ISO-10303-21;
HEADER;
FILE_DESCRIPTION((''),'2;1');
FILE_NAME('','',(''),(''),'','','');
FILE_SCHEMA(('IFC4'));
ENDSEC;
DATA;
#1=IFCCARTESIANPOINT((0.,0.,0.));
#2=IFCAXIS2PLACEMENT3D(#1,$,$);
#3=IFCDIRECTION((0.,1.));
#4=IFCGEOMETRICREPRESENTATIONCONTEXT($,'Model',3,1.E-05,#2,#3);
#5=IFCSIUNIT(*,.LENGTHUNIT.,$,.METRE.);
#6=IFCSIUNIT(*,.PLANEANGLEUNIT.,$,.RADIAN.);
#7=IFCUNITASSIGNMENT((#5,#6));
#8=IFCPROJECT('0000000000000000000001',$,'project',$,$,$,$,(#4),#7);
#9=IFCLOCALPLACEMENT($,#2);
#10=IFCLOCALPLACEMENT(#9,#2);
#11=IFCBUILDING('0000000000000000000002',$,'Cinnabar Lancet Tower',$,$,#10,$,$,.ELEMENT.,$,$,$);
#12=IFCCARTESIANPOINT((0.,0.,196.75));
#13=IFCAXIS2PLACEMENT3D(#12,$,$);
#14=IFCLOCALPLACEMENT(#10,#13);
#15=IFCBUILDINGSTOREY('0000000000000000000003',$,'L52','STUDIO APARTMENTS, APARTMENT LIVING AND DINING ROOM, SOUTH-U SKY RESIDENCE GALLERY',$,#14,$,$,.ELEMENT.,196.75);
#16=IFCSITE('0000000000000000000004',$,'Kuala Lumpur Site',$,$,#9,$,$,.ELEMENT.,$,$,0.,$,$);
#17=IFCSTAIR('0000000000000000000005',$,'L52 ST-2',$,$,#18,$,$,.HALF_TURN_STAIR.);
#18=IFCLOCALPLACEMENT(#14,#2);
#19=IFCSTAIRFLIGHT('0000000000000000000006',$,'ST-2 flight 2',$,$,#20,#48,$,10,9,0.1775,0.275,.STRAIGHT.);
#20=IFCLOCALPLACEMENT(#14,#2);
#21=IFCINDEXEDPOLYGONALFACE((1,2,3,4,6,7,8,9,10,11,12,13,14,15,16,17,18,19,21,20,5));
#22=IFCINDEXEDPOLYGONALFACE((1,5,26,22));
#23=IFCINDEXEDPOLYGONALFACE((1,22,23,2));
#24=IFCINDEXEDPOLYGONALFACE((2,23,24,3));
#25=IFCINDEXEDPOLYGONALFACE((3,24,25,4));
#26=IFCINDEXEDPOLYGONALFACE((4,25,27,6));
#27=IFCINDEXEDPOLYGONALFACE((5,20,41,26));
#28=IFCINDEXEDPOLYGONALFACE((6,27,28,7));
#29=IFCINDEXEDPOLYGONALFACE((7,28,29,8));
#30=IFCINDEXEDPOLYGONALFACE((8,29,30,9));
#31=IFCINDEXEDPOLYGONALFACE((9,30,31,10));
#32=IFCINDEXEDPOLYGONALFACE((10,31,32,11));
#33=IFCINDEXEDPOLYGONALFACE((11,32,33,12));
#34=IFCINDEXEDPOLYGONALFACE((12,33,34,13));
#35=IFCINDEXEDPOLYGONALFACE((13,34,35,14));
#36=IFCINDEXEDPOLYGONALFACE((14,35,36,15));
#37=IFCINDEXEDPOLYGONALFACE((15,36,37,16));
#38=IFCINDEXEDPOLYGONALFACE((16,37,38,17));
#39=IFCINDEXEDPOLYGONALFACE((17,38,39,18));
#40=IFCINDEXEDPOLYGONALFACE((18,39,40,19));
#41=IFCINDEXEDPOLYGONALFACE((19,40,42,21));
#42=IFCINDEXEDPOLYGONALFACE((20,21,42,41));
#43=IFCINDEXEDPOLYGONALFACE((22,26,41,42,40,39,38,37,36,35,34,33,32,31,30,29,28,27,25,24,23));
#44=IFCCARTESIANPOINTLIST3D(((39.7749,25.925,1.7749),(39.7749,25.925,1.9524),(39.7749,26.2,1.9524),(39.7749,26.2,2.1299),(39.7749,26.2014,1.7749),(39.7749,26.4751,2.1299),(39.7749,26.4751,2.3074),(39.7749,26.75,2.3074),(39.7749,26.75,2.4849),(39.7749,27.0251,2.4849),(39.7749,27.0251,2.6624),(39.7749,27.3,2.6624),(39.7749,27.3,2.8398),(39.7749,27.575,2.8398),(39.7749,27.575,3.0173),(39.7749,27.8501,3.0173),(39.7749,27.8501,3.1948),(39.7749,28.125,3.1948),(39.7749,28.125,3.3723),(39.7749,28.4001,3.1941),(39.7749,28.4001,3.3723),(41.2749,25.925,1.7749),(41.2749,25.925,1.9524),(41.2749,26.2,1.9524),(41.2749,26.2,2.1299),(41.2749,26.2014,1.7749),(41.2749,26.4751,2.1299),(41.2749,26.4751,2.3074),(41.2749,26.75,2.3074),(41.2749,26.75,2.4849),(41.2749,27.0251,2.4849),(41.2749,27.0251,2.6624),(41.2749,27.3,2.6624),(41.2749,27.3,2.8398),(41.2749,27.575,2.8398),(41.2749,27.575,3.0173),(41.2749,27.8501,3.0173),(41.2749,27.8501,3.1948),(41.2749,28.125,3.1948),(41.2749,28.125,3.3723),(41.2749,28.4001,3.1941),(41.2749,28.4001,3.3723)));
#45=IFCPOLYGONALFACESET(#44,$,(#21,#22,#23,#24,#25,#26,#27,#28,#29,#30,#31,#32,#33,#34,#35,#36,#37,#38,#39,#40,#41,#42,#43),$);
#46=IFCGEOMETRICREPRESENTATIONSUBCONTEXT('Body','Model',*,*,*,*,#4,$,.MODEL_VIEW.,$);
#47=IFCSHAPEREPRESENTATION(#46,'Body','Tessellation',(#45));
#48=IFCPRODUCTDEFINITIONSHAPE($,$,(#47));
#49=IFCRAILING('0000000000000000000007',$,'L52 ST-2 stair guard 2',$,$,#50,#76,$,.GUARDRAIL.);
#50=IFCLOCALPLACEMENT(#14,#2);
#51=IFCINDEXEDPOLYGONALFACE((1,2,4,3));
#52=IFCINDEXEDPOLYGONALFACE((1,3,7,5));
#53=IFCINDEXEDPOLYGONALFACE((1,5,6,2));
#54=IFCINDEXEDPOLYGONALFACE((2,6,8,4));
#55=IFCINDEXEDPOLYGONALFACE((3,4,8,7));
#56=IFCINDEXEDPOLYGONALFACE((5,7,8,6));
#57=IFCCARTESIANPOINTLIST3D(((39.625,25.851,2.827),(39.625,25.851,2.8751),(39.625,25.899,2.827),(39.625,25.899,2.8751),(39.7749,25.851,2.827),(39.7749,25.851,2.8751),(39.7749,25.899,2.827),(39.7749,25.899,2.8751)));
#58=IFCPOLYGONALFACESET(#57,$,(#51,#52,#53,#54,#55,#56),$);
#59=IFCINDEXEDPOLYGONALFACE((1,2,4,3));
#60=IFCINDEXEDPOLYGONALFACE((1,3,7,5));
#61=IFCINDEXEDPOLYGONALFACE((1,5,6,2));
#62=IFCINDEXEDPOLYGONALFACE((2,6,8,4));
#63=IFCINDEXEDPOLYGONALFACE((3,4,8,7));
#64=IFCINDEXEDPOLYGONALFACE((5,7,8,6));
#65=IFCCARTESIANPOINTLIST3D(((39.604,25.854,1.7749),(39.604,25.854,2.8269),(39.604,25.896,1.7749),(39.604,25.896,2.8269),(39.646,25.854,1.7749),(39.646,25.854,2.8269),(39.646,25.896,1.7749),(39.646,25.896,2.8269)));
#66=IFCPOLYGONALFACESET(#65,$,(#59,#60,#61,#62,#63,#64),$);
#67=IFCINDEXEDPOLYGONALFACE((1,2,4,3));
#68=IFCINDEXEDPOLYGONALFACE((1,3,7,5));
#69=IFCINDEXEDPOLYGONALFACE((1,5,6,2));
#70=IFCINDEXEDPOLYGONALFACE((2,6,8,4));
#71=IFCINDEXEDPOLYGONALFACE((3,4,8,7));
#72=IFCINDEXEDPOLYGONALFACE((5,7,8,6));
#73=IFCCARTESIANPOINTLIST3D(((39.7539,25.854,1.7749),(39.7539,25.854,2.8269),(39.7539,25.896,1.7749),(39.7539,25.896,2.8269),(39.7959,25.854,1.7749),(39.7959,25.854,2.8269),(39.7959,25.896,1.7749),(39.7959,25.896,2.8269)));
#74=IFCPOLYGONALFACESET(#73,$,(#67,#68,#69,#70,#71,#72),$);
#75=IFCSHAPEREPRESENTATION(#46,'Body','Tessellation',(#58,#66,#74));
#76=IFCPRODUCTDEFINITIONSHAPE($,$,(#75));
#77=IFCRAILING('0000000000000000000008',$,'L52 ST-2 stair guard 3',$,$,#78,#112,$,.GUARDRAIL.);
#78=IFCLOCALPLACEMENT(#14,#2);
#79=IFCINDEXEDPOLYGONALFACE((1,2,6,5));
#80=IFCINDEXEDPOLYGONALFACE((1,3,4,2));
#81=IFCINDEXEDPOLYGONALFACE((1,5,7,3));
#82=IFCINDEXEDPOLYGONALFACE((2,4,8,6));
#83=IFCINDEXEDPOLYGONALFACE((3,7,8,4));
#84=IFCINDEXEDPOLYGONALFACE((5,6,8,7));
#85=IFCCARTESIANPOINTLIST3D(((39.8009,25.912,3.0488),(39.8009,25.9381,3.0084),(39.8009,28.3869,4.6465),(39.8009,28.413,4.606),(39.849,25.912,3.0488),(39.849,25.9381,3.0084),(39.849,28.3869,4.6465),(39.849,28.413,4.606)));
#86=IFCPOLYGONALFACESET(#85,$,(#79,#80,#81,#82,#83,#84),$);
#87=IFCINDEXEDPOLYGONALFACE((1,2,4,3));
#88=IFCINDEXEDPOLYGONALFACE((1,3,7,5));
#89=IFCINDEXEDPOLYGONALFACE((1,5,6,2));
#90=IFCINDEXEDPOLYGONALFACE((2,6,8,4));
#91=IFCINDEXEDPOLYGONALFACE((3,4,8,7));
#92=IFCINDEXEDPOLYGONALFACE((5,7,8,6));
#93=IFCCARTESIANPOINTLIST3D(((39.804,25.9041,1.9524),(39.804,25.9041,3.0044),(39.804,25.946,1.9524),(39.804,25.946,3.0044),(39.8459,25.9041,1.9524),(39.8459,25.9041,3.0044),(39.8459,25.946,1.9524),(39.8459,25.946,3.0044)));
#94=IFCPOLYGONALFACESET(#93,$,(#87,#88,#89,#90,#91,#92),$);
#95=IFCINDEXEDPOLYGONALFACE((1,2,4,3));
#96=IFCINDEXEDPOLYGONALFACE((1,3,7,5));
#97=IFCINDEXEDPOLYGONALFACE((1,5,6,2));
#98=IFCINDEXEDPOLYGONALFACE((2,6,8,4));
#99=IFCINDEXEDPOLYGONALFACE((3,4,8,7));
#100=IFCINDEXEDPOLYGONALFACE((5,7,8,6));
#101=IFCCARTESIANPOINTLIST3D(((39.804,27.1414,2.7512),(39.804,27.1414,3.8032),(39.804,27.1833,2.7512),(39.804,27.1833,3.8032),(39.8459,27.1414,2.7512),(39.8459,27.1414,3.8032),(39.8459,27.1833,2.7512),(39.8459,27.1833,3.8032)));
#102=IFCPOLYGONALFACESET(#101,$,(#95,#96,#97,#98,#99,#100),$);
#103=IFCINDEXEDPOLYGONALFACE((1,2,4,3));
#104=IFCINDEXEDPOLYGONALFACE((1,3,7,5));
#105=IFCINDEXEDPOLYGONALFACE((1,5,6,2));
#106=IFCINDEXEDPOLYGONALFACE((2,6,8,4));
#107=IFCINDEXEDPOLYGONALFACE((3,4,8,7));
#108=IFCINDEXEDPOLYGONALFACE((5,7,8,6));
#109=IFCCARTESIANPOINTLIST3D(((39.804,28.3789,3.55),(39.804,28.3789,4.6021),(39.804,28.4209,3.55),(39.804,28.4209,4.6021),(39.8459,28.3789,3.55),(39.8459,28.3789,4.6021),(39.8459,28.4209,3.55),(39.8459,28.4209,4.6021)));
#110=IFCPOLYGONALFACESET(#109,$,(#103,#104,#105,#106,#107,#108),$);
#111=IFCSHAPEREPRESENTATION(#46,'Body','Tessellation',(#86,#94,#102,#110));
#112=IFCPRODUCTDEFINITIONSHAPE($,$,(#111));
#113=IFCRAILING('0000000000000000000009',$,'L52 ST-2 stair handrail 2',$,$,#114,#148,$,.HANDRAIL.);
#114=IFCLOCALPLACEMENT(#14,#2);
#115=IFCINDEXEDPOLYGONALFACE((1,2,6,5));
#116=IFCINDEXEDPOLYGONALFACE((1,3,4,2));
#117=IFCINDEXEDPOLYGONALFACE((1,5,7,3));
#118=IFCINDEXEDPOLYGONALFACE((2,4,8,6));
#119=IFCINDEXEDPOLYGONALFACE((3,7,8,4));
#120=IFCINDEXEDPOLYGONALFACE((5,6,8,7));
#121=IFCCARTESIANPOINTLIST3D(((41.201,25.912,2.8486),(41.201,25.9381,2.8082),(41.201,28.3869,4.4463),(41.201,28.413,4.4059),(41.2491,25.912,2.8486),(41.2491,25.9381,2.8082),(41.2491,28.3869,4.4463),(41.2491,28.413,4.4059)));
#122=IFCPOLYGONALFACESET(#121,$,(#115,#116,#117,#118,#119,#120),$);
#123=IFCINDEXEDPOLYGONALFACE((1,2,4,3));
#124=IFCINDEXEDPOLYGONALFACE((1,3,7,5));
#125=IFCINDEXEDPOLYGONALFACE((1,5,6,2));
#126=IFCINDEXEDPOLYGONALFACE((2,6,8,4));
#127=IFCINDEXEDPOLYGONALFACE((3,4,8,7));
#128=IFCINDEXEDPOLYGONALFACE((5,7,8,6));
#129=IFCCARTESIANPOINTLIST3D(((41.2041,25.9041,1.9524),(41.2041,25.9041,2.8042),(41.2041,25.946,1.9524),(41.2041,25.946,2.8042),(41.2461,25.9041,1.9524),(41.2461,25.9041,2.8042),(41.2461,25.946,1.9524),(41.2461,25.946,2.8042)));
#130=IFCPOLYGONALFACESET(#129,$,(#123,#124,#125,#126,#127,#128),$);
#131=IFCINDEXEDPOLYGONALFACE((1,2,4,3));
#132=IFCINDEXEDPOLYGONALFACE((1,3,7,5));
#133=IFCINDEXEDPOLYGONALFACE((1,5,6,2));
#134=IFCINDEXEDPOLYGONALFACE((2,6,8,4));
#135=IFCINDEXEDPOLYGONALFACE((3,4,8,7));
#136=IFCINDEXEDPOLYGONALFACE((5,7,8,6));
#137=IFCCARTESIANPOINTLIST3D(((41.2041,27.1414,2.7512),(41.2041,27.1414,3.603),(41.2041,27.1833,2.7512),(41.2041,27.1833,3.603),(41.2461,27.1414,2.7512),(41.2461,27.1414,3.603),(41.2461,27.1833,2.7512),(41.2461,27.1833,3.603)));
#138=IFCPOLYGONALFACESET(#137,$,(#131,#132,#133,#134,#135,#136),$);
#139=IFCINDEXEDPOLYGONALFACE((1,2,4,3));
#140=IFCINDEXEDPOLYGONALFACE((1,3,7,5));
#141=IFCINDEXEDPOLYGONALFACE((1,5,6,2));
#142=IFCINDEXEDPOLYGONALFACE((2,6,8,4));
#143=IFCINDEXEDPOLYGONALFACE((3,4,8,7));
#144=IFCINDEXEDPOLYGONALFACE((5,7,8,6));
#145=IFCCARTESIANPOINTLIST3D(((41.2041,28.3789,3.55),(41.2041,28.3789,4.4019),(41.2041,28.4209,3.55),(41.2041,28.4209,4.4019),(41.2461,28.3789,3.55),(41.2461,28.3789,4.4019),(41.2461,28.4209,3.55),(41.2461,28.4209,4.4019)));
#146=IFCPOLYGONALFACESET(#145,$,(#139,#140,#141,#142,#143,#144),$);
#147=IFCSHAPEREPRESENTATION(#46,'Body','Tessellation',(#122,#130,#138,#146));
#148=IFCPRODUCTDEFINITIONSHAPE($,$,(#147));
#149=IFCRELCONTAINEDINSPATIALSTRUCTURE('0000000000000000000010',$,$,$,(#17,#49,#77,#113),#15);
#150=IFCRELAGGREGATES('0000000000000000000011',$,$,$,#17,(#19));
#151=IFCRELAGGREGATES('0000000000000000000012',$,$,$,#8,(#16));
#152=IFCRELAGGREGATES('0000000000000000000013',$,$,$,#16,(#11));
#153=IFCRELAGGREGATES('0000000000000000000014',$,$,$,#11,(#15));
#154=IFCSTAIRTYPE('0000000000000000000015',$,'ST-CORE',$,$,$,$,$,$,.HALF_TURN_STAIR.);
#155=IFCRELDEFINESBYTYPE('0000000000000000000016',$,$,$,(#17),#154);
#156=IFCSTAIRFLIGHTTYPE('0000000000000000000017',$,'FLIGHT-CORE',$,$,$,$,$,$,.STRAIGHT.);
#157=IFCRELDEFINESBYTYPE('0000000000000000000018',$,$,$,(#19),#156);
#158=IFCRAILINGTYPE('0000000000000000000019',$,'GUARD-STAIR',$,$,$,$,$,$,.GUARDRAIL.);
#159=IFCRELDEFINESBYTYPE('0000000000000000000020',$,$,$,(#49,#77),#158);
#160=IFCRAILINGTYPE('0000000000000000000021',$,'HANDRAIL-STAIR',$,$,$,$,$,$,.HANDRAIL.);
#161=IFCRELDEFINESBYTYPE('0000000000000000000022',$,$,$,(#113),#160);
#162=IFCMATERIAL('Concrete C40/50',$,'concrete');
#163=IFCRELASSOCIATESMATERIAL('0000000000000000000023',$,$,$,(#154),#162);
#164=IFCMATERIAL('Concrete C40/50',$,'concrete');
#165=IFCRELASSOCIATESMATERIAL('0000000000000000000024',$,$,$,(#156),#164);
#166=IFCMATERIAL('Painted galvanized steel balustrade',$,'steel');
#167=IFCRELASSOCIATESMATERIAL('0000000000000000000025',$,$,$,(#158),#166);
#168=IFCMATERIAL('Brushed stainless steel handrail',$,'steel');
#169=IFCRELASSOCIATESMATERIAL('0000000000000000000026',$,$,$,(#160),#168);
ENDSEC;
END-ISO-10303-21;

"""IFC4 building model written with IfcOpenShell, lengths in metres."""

from ifc_helpers import new_model, si_unit, direction, frame, origin, origin_2d, place, context, subcontext, project, spatial, polyline, rectangle, outline, extrude, material, type_object, element, aggregate, save


model = new_model("IFC4")

# Units and contexts
model_context = context("Model", 3, precision=1e-05, world=origin(), true_north=direction((0.0, 1.0)))
body_context = subcontext(model_context, "Body", "Model", "MODEL_VIEW")
ifc_project = project(units=[si_unit("LENGTHUNIT", "METRE"), si_unit("PLANEANGLEUNIT", "RADIAN")], contexts=[model_context])

# Site, building, storey
site_placement = place(None, origin())
site = spatial("IfcSite", under=ifc_project, at=site_placement, Name="Kuala Lumpur Site", CompositionType="ELEMENT", RefElevation=0.0)
building_placement = place(site_placement, origin())
building = spatial("IfcBuilding", under=site, at=building_placement, Name="Cinnabar Lancet Tower", CompositionType="ELEMENT")
storey_placement = place(building_placement, frame((0.0, 0.0, 196.75)))
storey = spatial("IfcBuildingStorey", under=building, at=storey_placement, Name="L52", Description="STUDIO APARTMENTS, APARTMENT LIVING AND DINING ROOM, SOUTH-U SKY RESIDENCE GALLERY", CompositionType="ELEMENT", Elevation=196.75)

# Stair, stair flight
ifc_material_1 = material(Name="Concrete C40/50", Category="concrete")
stair_type = type_object("IfcStairType", Name="ST-CORE", PredefinedType="HALF_TURN_STAIR", material=ifc_material_1)
stair_placement = place(storey_placement, origin())
stair = element("IfcStair", 1, at=stair_placement, inside=storey, type_object=stair_type, Name="L52 ST-2", PredefinedType="HALF_TURN_STAIR")
ifc_material_2 = material(Name="Concrete C40/50", Category="concrete")
stair_flight_type = type_object("IfcStairFlightType", Name="FLIGHT-CORE", PredefinedType="STRAIGHT", material=ifc_material_2)
stair_flight_placement = place(storey_placement, frame((40.5249, 25.925, 1.7749), z_axis=(0.0, 0.0, 1.0), x_axis=(0.0, 1.0, 0.0)))
stair_flight = element("IfcStairFlight", 2, at=stair_flight_placement, type_object=stair_flight_type, Name="ST-2 flight 2", NumberOfRisers=10, NumberOfTreads=9, PredefinedType="STRAIGHT", RiserHeight=0.1775, TreadLength=0.275, context=body_context, shape_type="SweptSolid", body=[
    extrude(outline(polyline([(0.0, 0.0), (0.0, 0.1775), (0.2749, 0.1775), (0.2749, 0.355), (0.55, 0.355), (0.55, 0.5325), (0.825, 0.5325), (0.825, 0.71), (1.1001, 0.71), (1.1001, 0.8875), (1.375, 0.8875), (1.375, 1.0649), (1.6499, 1.0649), (1.6499, 1.2424), (1.925, 1.2424), (1.925, 1.4199), (2.2, 1.4199), (2.2, 1.5974), (2.4751, 1.5974), (2.4751, 1.7749), (2.4751, 1.4192), (0.2764, 0.0), (0.0, 0.0)])), frame((0.0, 0.75, 0.0), z_axis=(0.0, -1.0, 0.0), x_axis=(1.0, 0.0, 0.0)), (0.0, 0.0, 1.0), 1.5),
])
aggregate(stair, [stair_flight])

# Railings
ifc_material_3 = material(Name="Painted galvanized steel balustrade", Category="steel")
railing_type_1 = type_object("IfcRailingType", Name="GUARD-STAIR", PredefinedType="GUARDRAIL", material=ifc_material_3)
railing_1_placement = place(storey_placement, frame((39.625, 25.875, 1.7749)))
element("IfcRailing", 3, at=railing_1_placement, inside=storey, type_object=railing_type_1, Name="L52 ST-2 stair guard 2", PredefinedType="GUARDRAIL", context=body_context, shape_type="SweptSolid", body=[
    extrude(rectangle(XDim=0.0481, YDim=0.0481, at=origin_2d()), frame((0.0, 0.0, 1.0762), z_axis=(1.0, 0.0, 0.0), x_axis=(0.0, 1.0, 0.0)), (0.0, 0.0, 1.0), 0.1499),
    extrude(rectangle(XDim=0.042, YDim=0.042, at=origin_2d()), origin(), (0.0, 0.0, 1.0), 1.052),
    extrude(rectangle(XDim=0.042, YDim=0.042, at=origin_2d()), frame((0.1499, 0.0, 0.0)), (0.0, 0.0, 1.0), 1.052),
])
railing_2_placement = place(storey_placement, frame((39.825, 25.925, 1.9524)))
element("IfcRailing", 4, at=railing_2_placement, inside=storey, type_object=railing_type_1, Name="L52 ST-2 stair guard 3", PredefinedType="GUARDRAIL", context=body_context, shape_type="SweptSolid", body=[
    extrude(rectangle(XDim=0.0481, YDim=0.0481, at=origin_2d()), frame((0.0, 0.0, 1.0762), z_axis=(0.0, 0.840146, 0.542361), x_axis=(-1.0, 0.0, 0.0)), (0.0, 0.0, 1.0), 2.9458),
    extrude(rectangle(XDim=0.042, YDim=0.042, at=origin_2d()), origin(), (0.0, 0.0, 1.0), 1.052),
    extrude(rectangle(XDim=0.042, YDim=0.042, at=origin_2d()), frame((0.0, 1.2373, 0.7988)), (0.0, 0.0, 1.0), 1.052),
    extrude(rectangle(XDim=0.042, YDim=0.042, at=origin_2d()), frame((0.0, 2.4749, 1.5977)), (0.0, 0.0, 1.0), 1.052),
])
ifc_material_4 = material(Name="Brushed stainless steel handrail", Category="steel")
railing_type_2 = type_object("IfcRailingType", Name="HANDRAIL-STAIR", PredefinedType="HANDRAIL", material=ifc_material_4)
railing_3_placement = place(storey_placement, frame((41.2251, 25.925, 1.9524)))
element("IfcRailing", 5, at=railing_3_placement, inside=storey, type_object=railing_type_2, Name="L52 ST-2 stair handrail 2", PredefinedType="HANDRAIL", context=body_context, shape_type="SweptSolid", body=[
    extrude(rectangle(XDim=0.0481, YDim=0.0481, at=origin_2d()), frame((0.0, 0.0, 0.876), z_axis=(0.0, 0.840146, 0.542361), x_axis=(-1.0, 0.0, 0.0)), (0.0, 0.0, 1.0), 2.9458),
    extrude(rectangle(XDim=0.042, YDim=0.042, at=origin_2d()), origin(), (0.0, 0.0, 1.0), 0.8518),
    extrude(rectangle(XDim=0.042, YDim=0.042, at=origin_2d()), frame((0.0, 1.2373, 0.7988)), (0.0, 0.0, 1.0), 0.8518),
    extrude(rectangle(XDim=0.042, YDim=0.042, at=origin_2d()), frame((0.0, 2.4749, 1.5977)), (0.0, 0.0, 1.0), 0.8518),
])

save(model, "model.ifc")
